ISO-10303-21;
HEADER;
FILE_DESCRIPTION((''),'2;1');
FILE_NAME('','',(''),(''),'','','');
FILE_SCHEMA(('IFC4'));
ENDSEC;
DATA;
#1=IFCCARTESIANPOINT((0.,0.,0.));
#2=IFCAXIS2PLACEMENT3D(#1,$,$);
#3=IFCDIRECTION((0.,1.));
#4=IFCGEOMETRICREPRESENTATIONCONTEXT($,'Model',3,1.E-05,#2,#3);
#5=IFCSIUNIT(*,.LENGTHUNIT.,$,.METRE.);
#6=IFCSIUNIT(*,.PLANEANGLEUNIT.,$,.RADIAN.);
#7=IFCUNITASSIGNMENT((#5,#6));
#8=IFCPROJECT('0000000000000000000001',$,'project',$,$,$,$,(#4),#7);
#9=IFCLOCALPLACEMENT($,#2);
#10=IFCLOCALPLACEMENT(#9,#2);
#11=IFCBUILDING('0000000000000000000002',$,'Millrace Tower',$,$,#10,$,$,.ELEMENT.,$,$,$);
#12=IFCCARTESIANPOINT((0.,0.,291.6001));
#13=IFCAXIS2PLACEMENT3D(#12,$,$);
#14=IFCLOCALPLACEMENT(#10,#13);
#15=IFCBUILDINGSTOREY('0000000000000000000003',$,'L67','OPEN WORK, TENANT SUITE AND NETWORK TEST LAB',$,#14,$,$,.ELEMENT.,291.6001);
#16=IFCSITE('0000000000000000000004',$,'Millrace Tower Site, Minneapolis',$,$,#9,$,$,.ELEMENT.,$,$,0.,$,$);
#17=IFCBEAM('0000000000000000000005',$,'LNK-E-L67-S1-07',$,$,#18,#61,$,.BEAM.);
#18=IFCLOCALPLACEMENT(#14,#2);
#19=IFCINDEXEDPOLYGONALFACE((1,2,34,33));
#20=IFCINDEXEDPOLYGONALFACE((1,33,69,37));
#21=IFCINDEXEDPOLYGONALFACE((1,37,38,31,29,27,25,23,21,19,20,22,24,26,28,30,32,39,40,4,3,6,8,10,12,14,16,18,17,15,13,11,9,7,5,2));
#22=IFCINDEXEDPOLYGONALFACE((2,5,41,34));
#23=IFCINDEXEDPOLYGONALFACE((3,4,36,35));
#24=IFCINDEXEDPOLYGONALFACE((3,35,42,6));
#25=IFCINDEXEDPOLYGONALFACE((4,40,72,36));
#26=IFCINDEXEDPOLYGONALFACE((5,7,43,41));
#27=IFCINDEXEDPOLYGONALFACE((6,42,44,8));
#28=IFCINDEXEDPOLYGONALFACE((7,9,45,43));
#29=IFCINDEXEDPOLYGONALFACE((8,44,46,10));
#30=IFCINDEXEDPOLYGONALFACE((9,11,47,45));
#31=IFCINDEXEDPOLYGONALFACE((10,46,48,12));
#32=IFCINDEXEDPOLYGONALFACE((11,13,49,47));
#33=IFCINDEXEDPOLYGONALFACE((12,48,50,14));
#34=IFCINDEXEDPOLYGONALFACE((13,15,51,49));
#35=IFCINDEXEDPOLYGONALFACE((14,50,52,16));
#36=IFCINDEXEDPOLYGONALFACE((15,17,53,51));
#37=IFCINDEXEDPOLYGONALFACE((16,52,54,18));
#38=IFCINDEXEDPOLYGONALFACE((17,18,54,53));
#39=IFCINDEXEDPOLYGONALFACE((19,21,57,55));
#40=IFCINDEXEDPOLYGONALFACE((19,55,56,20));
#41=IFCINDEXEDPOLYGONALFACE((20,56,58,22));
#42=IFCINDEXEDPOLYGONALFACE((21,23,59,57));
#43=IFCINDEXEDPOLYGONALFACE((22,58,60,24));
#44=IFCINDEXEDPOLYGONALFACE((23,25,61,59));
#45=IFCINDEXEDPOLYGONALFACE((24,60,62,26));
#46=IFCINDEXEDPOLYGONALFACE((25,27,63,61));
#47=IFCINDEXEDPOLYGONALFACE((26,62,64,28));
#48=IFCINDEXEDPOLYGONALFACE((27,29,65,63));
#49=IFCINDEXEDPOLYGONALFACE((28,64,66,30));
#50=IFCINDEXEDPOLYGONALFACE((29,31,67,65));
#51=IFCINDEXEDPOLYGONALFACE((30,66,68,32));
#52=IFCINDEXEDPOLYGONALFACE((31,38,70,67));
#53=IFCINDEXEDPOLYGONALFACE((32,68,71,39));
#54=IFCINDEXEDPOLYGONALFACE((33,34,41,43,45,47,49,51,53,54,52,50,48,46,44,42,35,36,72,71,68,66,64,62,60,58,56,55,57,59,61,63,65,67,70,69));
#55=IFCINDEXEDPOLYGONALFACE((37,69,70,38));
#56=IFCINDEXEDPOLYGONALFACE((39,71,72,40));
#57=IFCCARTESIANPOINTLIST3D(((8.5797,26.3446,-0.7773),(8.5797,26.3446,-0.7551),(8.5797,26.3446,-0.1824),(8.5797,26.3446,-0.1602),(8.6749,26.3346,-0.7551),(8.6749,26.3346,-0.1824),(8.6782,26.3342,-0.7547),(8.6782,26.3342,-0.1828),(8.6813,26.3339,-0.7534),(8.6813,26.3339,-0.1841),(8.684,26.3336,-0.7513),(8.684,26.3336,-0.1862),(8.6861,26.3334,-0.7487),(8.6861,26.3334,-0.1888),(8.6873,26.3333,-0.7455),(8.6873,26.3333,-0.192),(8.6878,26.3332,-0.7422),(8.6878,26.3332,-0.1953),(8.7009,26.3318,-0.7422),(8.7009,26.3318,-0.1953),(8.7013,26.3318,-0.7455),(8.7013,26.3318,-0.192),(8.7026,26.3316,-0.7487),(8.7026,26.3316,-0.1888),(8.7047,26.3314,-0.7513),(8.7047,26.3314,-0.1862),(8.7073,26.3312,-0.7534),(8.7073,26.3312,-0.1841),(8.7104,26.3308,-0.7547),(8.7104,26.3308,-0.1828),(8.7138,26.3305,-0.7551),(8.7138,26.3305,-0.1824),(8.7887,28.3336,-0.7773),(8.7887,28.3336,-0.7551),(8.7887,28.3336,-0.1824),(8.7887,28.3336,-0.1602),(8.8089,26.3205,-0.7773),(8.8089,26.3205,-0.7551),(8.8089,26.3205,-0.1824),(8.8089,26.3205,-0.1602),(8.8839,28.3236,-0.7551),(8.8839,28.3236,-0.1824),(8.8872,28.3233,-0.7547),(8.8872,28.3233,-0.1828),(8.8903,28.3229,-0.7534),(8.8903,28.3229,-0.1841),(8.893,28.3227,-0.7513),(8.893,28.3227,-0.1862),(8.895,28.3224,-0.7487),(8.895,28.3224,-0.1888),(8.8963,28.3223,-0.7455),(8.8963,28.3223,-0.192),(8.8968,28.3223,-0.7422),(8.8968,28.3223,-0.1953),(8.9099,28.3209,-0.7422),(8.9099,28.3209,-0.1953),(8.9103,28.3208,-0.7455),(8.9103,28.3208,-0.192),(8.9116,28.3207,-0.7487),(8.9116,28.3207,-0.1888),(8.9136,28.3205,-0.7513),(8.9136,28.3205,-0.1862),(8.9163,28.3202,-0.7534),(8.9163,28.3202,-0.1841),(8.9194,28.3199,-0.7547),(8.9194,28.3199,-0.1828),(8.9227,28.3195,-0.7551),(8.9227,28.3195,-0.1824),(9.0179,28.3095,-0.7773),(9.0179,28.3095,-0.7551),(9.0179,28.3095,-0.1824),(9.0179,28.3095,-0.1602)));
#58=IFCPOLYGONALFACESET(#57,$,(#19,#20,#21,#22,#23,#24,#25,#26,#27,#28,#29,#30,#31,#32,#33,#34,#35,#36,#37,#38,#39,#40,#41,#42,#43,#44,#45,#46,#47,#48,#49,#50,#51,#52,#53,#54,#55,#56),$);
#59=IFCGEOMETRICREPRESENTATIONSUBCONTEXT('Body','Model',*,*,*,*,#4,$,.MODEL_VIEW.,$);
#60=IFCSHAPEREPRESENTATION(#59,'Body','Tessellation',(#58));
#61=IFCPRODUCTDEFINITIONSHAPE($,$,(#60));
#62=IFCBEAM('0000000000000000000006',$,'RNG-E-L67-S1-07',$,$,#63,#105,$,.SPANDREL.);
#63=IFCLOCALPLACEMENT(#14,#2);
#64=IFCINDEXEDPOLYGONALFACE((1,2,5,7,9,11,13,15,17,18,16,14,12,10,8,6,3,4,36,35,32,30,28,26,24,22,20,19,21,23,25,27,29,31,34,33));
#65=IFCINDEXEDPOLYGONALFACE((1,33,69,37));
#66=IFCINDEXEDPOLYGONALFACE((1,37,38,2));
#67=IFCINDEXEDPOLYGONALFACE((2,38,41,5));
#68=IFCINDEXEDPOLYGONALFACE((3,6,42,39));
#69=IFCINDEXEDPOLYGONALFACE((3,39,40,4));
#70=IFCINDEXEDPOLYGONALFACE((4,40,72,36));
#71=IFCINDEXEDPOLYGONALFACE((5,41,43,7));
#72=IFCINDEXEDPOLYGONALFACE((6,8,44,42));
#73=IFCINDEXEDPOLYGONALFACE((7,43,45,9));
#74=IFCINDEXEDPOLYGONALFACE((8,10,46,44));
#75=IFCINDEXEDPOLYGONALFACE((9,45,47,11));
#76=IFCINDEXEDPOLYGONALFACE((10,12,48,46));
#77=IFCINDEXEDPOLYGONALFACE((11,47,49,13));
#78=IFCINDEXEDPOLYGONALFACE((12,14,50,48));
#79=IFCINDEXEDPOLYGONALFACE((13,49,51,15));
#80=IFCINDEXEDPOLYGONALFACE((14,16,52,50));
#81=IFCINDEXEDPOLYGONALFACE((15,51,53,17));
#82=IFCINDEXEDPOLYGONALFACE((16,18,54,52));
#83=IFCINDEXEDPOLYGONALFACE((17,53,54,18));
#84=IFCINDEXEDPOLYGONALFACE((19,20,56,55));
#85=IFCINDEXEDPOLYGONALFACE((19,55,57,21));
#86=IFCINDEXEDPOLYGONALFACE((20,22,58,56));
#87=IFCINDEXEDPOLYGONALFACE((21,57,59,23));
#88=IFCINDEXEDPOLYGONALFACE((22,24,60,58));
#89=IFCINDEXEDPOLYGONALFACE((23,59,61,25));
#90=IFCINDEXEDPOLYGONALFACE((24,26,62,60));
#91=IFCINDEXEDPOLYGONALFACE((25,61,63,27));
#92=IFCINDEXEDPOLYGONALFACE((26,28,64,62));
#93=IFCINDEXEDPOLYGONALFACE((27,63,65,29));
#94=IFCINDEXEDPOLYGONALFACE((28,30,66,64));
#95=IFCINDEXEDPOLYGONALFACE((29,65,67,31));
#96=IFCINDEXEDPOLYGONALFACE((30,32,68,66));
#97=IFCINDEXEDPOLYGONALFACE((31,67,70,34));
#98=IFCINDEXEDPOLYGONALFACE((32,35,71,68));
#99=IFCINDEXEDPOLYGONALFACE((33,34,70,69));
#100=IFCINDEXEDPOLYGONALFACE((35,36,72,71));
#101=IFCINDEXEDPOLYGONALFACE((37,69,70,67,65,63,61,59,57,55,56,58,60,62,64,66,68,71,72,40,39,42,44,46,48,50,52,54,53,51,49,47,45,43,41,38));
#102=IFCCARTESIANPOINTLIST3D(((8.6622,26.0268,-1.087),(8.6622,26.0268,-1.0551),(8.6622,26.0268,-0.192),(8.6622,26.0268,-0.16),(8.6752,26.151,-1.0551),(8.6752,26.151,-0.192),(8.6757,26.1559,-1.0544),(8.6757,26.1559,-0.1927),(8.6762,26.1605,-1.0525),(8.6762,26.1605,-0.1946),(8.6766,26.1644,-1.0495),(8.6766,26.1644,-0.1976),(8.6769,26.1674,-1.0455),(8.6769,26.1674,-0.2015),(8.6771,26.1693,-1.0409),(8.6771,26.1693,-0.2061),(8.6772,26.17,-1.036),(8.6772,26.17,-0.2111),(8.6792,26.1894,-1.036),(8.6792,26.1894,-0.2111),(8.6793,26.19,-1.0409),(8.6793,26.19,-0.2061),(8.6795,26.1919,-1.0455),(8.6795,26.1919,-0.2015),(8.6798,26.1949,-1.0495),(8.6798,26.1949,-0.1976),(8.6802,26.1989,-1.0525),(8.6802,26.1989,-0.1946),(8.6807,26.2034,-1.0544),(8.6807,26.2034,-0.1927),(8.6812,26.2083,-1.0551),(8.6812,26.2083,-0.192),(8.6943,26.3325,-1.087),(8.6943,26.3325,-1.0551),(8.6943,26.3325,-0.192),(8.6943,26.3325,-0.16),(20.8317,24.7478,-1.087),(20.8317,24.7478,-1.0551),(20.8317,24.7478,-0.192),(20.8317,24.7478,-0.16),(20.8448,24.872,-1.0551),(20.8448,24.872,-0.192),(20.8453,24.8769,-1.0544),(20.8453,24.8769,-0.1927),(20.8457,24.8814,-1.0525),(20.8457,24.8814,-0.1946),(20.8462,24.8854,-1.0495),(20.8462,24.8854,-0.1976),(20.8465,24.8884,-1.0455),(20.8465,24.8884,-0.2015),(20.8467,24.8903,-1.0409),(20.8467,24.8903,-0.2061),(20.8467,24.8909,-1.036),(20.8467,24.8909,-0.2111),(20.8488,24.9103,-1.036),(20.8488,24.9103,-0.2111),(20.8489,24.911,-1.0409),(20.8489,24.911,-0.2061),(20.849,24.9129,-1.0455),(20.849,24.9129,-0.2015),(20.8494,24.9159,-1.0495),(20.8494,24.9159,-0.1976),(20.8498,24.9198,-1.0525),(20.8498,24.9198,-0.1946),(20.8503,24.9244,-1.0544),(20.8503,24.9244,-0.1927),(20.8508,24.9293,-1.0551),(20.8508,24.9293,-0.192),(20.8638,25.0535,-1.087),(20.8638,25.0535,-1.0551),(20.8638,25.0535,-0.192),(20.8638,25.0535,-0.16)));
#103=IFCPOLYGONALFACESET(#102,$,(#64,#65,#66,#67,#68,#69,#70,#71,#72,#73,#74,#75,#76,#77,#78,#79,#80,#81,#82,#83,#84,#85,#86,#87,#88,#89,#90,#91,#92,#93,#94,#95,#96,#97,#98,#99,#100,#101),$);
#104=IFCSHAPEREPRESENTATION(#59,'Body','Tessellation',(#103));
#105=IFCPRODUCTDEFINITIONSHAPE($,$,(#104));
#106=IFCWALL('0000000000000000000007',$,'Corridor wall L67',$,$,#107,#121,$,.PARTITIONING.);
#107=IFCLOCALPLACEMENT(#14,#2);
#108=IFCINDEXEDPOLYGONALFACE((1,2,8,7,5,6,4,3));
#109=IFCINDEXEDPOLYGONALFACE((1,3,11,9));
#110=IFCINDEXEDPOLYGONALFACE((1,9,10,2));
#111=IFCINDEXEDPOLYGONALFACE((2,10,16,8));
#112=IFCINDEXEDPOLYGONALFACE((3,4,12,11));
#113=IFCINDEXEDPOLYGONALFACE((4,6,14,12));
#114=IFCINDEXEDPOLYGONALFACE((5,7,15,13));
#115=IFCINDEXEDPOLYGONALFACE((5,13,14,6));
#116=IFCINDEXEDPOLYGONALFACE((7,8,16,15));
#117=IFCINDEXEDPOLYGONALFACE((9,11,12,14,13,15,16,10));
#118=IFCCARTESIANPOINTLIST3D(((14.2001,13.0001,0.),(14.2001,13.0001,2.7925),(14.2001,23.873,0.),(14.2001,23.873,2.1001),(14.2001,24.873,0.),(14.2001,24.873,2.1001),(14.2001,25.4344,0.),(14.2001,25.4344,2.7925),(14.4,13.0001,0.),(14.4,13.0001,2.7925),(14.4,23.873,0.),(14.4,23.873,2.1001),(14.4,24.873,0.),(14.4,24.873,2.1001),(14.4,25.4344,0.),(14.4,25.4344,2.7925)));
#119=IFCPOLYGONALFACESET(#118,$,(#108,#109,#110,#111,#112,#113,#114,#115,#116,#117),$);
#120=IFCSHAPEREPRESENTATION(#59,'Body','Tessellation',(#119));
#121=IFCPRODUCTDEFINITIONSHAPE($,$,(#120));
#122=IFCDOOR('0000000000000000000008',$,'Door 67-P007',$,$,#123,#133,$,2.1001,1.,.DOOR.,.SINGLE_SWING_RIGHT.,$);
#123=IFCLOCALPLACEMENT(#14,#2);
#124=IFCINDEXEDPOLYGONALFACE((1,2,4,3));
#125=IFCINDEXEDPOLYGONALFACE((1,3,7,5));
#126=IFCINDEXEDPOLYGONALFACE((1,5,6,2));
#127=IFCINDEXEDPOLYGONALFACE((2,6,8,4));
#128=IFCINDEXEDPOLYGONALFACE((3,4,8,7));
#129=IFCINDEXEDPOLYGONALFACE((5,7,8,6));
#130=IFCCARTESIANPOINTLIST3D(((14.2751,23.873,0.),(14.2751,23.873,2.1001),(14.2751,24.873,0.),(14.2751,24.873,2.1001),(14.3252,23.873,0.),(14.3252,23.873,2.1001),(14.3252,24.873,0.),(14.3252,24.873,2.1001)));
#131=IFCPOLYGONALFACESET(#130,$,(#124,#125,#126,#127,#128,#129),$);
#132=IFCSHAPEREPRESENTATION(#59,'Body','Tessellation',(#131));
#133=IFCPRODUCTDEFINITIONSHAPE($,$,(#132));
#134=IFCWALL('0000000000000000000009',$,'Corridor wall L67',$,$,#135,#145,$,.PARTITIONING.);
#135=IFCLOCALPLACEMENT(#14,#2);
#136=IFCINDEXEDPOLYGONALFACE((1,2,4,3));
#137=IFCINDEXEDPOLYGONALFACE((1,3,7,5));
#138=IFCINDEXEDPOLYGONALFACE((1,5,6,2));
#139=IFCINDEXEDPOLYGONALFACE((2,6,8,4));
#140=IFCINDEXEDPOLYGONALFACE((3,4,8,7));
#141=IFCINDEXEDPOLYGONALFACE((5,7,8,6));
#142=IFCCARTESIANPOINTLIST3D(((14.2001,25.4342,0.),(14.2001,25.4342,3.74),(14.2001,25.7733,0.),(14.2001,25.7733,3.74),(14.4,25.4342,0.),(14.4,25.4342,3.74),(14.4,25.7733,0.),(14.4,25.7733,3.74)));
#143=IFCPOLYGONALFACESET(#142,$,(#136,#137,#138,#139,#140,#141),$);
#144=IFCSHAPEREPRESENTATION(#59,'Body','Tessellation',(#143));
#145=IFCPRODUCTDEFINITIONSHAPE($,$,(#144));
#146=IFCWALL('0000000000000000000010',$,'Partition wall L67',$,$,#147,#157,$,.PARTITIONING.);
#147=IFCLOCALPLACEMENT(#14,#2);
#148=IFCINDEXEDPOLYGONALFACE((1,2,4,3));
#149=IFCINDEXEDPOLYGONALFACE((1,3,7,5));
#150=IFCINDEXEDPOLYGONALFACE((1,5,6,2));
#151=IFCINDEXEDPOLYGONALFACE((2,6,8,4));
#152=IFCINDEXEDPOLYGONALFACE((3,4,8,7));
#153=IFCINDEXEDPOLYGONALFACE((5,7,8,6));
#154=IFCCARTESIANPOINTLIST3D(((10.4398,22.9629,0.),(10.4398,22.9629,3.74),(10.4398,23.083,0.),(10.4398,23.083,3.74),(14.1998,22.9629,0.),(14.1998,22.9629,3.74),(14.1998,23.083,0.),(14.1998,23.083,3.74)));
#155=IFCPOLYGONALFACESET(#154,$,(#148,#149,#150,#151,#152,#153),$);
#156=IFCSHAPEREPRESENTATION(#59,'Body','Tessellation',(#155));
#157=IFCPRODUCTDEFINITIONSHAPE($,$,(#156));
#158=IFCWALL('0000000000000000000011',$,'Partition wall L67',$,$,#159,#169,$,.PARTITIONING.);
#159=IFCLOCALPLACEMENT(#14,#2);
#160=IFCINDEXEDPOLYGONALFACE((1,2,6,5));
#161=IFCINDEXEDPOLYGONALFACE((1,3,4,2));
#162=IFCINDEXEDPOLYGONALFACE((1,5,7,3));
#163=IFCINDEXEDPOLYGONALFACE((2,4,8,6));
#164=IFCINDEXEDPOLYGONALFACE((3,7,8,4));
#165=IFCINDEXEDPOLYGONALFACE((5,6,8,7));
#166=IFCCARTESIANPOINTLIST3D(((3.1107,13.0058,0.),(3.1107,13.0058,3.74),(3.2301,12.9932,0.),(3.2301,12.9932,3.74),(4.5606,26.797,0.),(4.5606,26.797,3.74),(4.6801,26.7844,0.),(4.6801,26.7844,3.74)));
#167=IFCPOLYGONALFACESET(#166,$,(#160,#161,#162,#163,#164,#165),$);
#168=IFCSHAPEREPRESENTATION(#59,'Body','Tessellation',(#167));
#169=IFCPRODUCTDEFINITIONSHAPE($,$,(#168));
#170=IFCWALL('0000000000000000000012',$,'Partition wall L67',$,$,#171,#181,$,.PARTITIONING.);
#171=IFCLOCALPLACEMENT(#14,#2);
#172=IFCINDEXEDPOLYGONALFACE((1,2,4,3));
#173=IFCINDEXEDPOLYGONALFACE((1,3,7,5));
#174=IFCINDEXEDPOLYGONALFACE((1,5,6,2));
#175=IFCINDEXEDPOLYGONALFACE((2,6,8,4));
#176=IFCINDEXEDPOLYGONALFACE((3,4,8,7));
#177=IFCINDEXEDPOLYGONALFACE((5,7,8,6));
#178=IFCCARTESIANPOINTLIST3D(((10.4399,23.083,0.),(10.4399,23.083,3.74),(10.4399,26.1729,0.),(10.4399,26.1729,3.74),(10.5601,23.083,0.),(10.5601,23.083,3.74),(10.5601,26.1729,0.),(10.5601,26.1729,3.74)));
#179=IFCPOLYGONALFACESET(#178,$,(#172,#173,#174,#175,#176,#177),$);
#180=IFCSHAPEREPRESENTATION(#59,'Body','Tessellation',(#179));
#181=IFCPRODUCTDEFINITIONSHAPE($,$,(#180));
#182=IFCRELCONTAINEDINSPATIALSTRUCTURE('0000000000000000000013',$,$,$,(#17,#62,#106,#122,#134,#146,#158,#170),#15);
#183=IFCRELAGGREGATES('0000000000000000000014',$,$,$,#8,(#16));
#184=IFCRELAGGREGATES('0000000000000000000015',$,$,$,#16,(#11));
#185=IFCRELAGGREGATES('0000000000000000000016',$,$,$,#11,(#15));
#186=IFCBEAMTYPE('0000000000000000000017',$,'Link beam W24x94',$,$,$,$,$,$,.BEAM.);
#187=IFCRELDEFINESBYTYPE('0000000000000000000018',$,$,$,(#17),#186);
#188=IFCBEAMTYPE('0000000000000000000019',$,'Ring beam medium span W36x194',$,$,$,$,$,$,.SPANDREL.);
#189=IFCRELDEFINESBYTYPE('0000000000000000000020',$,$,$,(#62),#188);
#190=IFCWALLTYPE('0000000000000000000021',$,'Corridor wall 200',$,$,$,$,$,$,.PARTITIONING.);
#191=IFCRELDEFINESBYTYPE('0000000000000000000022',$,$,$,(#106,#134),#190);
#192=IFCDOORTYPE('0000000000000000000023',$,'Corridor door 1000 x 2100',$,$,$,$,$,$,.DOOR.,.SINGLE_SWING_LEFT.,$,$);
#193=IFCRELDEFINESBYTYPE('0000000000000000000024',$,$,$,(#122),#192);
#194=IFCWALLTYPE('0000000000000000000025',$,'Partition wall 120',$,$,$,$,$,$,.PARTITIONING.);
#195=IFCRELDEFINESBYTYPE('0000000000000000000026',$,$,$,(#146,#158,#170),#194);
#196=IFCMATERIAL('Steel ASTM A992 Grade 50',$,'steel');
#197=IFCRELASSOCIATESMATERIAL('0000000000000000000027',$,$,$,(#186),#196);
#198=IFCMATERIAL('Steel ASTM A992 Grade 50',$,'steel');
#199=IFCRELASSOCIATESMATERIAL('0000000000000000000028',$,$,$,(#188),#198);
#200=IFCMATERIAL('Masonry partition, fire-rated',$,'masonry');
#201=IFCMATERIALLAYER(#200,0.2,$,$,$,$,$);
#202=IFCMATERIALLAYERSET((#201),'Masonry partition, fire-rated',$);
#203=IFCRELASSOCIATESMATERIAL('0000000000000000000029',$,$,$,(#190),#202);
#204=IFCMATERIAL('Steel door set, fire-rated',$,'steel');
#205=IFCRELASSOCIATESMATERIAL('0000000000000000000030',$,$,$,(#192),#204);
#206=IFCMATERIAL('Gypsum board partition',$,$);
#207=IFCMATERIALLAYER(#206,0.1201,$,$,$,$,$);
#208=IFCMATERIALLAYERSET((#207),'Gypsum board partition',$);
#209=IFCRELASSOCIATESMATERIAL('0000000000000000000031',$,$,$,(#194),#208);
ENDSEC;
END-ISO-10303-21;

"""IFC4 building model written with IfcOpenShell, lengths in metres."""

from ifc_helpers import new_model, si_unit, direction, frame, frame_2d, origin, origin_2d, place, context, subcontext, project, spatial, rectangle, i_section, extrude, material, layer, layer_set, material_profile, profile_set, type_object, element, fill, save


model = new_model("IFC4")

# Units and contexts
model_context = context("Model", 3, precision=1e-05, world=origin(), true_north=direction((0.0, 1.0)))
body_context = subcontext(model_context, "Body", "Model", "MODEL_VIEW")
ifc_project = project(units=[si_unit("LENGTHUNIT", "METRE"), si_unit("PLANEANGLEUNIT", "RADIAN")], contexts=[model_context])

# Site, building, storey
site_placement = place(None, origin())
site = spatial("IfcSite", under=ifc_project, at=site_placement, Name="Millrace Tower Site, Minneapolis", CompositionType="ELEMENT", RefElevation=0.0)
building_placement = place(site_placement, origin())
building = spatial("IfcBuilding", under=site, at=building_placement, Name="Millrace Tower", CompositionType="ELEMENT")
storey_placement = place(building_placement, frame((0.0, 0.0, 291.6001)))
storey = spatial("IfcBuildingStorey", under=building, at=storey_placement, Name="L67", Description="OPEN WORK, TENANT SUITE AND NETWORK TEST LAB", CompositionType="ELEMENT", Elevation=291.6001)

# Beams
ifc_material_1 = material(Name="Steel ASTM A992 Grade 50", Category="steel")
ifc_material_profile_1 = material_profile(ifc_material_1, i_section(OverallWidth=0.2305, OverallDepth=0.6172, WebThickness=0.0132, FlangeThickness=0.0222, FilletRadius=0.0129, at=origin_2d()))
ifc_profile_set_1 = profile_set([ifc_material_profile_1], Name="Steel ASTM A992 Grade 50")
beam_type_1 = type_object("IfcBeamType", Name="Link beam W24x94", PredefinedType="BEAM", material=ifc_profile_set_1)
beam_1_placement = place(storey_placement, frame((8.6943, 26.3325, -0.4688), z_axis=(0.104494, 0.994526, 0.0), x_axis=(-0.994526, 0.104494, 0.0)))
element("IfcBeam", 1, at=beam_1_placement, inside=storey, type_object=beam_type_1, Name="LNK-E-L67-S1-07", PredefinedType="BEAM", context=body_context, shape_type="SweptSolid", body=[
    extrude(i_section(OverallWidth=0.2305, OverallDepth=0.6172, WebThickness=0.0132, FlangeThickness=0.0222, FilletRadius=0.0129, at=origin_2d()), origin(), (0.0, 0.0, 1.0), 2.0),
])
ifc_material_2 = material(Name="Steel ASTM A992 Grade 50", Category="steel")
ifc_material_profile_2 = material_profile(ifc_material_2, i_section(OverallWidth=0.3074, OverallDepth=0.927, WebThickness=0.0195, FlangeThickness=0.032, FilletRadius=0.019, at=origin_2d()))
ifc_profile_set_2 = profile_set([ifc_material_profile_2], Name="Steel ASTM A992 Grade 50")
beam_type_2 = type_object("IfcBeamType", Name="Ring beam medium span W36x194", PredefinedType="SPANDREL", material=ifc_profile_set_2)
beam_2_placement = place(storey_placement, frame((8.6782, 26.1797, -0.6235), z_axis=(0.994522, -0.104528, 0.0), x_axis=(0.104528, 0.994522, 0.0)))
element("IfcBeam", 2, at=beam_2_placement, inside=storey, type_object=beam_type_2, Name="RNG-E-L67-S1-07", PredefinedType="SPANDREL", context=body_context, shape_type="SweptSolid", body=[
    extrude(i_section(OverallWidth=0.3074, OverallDepth=0.927, WebThickness=0.0195, FlangeThickness=0.032, FilletRadius=0.019, at=origin_2d()), origin(), (0.0, 0.0, 1.0), 12.2366),
])

# Wall, opening, door
ifc_material_3 = material(Name="Masonry partition, fire-rated", Category="masonry")
ifc_layer_1 = layer(ifc_material_3, 0.2)
ifc_layer_set_1 = layer_set([ifc_layer_1], Name="Masonry partition, fire-rated")
wall_type_1 = type_object("IfcWallType", Name="Corridor wall 200", PredefinedType="PARTITIONING", material=ifc_layer_set_1)
wall_1_placement = place(storey_placement, frame((14.3, 13.0, 0.0), z_axis=(0.0, 0.0, 1.0), x_axis=(0.0, 1.0, 0.0)))
wall_1 = element("IfcWall", 3, at=wall_1_placement, inside=storey, type_object=wall_type_1, Name="Corridor wall L67", PredefinedType="PARTITIONING", context=body_context, shape_type="SweptSolid", body=[
    extrude(rectangle(XDim=12.4343, YDim=0.2, at=frame_2d((6.2173, 0.0))), origin(), (0.0, 0.0, 1.0), 2.7925),
])
opening_placement = place(wall_1_placement, frame((10.873, 0.0, 0.0)))
opening = element("IfcOpeningElement", 4, at=opening_placement, cuts=wall_1, PredefinedType="OPENING", context=body_context, shape_type="SweptSolid", body=[
    extrude(rectangle(XDim=1.0, YDim=2.1001, at=frame_2d((0.5, 1.05))), frame((0.0, 0.1099, 0.0), z_axis=(0.0, -1.0, 0.0), x_axis=(1.0, 0.0, 0.0)), (0.0, 0.0, 1.0), 0.22),
])
ifc_material_4 = material(Name="Steel door set, fire-rated", Category="steel")
door_type = type_object("IfcDoorType", Name="Corridor door 1000 x 2100", OperationType="SINGLE_SWING_LEFT", PredefinedType="DOOR", material=ifc_material_4)
door_placement = place(opening_placement, origin())
door = element("IfcDoor", 5, at=door_placement, inside=storey, type_object=door_type, Name="Door 67-P007", OperationType="SINGLE_SWING_RIGHT", OverallHeight=2.1001, OverallWidth=1.0, PredefinedType="DOOR", context=body_context, shape_type="SweptSolid", body=[
    extrude(rectangle(XDim=1.0, YDim=2.1001, at=frame_2d((0.5, 1.05))), frame((0.0, 0.0249, 0.0), z_axis=(0.0, -1.0, 0.0), x_axis=(1.0, 0.0, 0.0)), (0.0, 0.0, 1.0), 0.05),
])
fill(opening, door)

# Walls
wall_2_placement = place(storey_placement, frame((14.3, 25.4343, 0.0), z_axis=(0.0, 0.0, 1.0), x_axis=(0.0, 1.0, 0.0)))
element("IfcWall", 6, at=wall_2_placement, inside=storey, type_object=wall_type_1, Name="Corridor wall L67", PredefinedType="PARTITIONING", context=body_context, shape_type="SweptSolid", body=[
    extrude(rectangle(XDim=0.3391, YDim=0.2, at=frame_2d((0.1694, 0.0))), origin(), (0.0, 0.0, 1.0), 3.74),
])
ifc_material_5 = material(Name="Gypsum board partition")
ifc_layer_2 = layer(ifc_material_5, 0.1201)
ifc_layer_set_2 = layer_set([ifc_layer_2], Name="Gypsum board partition")
wall_type_2 = type_object("IfcWallType", Name="Partition wall 120", PredefinedType="PARTITIONING", material=ifc_layer_set_2)
wall_3_placement = place(storey_placement, frame((10.4399, 23.0229, 0.0), z_axis=(0.0, 0.0, 1.0), x_axis=(1.0, 0.0, 0.0)))
element("IfcWall", 7, at=wall_3_placement, inside=storey, type_object=wall_type_2, Name="Partition wall L67", PredefinedType="PARTITIONING", context=body_context, shape_type="SweptSolid", body=[
    extrude(rectangle(XDim=3.76, YDim=0.1201, at=frame_2d((1.8799, 0.0))), origin(), (0.0, 0.0, 1.0), 3.74),
])
wall_4_placement = place(storey_placement, frame((3.1704, 12.9995, 0.0), z_axis=(0.0, 0.0, 1.0), x_axis=(0.104559, 0.994519, 0.0)))
element("IfcWall", 8, at=wall_4_placement, inside=storey, type_object=wall_type_2, Name="Partition wall L67", PredefinedType="PARTITIONING", context=body_context, shape_type="SweptSolid", body=[
    extrude(rectangle(XDim=13.8672, YDim=0.1201, at=frame_2d((6.9336, 0.0))), origin(), (0.0, 0.0, 1.0), 3.74),
])
wall_5_placement = place(storey_placement, frame((10.5, 23.083, 0.0), z_axis=(0.0, 0.0, 1.0), x_axis=(0.0, 1.0, 0.0)))
element("IfcWall", 9, at=wall_5_placement, inside=storey, type_object=wall_type_2, Name="Partition wall L67", PredefinedType="PARTITIONING", context=body_context, shape_type="SweptSolid", body=[
    extrude(rectangle(XDim=3.0898, YDim=0.1201, at=frame_2d((1.5449, 0.0))), origin(), (0.0, 0.0, 1.0), 3.74),
])

save(model, "model.ifc")
